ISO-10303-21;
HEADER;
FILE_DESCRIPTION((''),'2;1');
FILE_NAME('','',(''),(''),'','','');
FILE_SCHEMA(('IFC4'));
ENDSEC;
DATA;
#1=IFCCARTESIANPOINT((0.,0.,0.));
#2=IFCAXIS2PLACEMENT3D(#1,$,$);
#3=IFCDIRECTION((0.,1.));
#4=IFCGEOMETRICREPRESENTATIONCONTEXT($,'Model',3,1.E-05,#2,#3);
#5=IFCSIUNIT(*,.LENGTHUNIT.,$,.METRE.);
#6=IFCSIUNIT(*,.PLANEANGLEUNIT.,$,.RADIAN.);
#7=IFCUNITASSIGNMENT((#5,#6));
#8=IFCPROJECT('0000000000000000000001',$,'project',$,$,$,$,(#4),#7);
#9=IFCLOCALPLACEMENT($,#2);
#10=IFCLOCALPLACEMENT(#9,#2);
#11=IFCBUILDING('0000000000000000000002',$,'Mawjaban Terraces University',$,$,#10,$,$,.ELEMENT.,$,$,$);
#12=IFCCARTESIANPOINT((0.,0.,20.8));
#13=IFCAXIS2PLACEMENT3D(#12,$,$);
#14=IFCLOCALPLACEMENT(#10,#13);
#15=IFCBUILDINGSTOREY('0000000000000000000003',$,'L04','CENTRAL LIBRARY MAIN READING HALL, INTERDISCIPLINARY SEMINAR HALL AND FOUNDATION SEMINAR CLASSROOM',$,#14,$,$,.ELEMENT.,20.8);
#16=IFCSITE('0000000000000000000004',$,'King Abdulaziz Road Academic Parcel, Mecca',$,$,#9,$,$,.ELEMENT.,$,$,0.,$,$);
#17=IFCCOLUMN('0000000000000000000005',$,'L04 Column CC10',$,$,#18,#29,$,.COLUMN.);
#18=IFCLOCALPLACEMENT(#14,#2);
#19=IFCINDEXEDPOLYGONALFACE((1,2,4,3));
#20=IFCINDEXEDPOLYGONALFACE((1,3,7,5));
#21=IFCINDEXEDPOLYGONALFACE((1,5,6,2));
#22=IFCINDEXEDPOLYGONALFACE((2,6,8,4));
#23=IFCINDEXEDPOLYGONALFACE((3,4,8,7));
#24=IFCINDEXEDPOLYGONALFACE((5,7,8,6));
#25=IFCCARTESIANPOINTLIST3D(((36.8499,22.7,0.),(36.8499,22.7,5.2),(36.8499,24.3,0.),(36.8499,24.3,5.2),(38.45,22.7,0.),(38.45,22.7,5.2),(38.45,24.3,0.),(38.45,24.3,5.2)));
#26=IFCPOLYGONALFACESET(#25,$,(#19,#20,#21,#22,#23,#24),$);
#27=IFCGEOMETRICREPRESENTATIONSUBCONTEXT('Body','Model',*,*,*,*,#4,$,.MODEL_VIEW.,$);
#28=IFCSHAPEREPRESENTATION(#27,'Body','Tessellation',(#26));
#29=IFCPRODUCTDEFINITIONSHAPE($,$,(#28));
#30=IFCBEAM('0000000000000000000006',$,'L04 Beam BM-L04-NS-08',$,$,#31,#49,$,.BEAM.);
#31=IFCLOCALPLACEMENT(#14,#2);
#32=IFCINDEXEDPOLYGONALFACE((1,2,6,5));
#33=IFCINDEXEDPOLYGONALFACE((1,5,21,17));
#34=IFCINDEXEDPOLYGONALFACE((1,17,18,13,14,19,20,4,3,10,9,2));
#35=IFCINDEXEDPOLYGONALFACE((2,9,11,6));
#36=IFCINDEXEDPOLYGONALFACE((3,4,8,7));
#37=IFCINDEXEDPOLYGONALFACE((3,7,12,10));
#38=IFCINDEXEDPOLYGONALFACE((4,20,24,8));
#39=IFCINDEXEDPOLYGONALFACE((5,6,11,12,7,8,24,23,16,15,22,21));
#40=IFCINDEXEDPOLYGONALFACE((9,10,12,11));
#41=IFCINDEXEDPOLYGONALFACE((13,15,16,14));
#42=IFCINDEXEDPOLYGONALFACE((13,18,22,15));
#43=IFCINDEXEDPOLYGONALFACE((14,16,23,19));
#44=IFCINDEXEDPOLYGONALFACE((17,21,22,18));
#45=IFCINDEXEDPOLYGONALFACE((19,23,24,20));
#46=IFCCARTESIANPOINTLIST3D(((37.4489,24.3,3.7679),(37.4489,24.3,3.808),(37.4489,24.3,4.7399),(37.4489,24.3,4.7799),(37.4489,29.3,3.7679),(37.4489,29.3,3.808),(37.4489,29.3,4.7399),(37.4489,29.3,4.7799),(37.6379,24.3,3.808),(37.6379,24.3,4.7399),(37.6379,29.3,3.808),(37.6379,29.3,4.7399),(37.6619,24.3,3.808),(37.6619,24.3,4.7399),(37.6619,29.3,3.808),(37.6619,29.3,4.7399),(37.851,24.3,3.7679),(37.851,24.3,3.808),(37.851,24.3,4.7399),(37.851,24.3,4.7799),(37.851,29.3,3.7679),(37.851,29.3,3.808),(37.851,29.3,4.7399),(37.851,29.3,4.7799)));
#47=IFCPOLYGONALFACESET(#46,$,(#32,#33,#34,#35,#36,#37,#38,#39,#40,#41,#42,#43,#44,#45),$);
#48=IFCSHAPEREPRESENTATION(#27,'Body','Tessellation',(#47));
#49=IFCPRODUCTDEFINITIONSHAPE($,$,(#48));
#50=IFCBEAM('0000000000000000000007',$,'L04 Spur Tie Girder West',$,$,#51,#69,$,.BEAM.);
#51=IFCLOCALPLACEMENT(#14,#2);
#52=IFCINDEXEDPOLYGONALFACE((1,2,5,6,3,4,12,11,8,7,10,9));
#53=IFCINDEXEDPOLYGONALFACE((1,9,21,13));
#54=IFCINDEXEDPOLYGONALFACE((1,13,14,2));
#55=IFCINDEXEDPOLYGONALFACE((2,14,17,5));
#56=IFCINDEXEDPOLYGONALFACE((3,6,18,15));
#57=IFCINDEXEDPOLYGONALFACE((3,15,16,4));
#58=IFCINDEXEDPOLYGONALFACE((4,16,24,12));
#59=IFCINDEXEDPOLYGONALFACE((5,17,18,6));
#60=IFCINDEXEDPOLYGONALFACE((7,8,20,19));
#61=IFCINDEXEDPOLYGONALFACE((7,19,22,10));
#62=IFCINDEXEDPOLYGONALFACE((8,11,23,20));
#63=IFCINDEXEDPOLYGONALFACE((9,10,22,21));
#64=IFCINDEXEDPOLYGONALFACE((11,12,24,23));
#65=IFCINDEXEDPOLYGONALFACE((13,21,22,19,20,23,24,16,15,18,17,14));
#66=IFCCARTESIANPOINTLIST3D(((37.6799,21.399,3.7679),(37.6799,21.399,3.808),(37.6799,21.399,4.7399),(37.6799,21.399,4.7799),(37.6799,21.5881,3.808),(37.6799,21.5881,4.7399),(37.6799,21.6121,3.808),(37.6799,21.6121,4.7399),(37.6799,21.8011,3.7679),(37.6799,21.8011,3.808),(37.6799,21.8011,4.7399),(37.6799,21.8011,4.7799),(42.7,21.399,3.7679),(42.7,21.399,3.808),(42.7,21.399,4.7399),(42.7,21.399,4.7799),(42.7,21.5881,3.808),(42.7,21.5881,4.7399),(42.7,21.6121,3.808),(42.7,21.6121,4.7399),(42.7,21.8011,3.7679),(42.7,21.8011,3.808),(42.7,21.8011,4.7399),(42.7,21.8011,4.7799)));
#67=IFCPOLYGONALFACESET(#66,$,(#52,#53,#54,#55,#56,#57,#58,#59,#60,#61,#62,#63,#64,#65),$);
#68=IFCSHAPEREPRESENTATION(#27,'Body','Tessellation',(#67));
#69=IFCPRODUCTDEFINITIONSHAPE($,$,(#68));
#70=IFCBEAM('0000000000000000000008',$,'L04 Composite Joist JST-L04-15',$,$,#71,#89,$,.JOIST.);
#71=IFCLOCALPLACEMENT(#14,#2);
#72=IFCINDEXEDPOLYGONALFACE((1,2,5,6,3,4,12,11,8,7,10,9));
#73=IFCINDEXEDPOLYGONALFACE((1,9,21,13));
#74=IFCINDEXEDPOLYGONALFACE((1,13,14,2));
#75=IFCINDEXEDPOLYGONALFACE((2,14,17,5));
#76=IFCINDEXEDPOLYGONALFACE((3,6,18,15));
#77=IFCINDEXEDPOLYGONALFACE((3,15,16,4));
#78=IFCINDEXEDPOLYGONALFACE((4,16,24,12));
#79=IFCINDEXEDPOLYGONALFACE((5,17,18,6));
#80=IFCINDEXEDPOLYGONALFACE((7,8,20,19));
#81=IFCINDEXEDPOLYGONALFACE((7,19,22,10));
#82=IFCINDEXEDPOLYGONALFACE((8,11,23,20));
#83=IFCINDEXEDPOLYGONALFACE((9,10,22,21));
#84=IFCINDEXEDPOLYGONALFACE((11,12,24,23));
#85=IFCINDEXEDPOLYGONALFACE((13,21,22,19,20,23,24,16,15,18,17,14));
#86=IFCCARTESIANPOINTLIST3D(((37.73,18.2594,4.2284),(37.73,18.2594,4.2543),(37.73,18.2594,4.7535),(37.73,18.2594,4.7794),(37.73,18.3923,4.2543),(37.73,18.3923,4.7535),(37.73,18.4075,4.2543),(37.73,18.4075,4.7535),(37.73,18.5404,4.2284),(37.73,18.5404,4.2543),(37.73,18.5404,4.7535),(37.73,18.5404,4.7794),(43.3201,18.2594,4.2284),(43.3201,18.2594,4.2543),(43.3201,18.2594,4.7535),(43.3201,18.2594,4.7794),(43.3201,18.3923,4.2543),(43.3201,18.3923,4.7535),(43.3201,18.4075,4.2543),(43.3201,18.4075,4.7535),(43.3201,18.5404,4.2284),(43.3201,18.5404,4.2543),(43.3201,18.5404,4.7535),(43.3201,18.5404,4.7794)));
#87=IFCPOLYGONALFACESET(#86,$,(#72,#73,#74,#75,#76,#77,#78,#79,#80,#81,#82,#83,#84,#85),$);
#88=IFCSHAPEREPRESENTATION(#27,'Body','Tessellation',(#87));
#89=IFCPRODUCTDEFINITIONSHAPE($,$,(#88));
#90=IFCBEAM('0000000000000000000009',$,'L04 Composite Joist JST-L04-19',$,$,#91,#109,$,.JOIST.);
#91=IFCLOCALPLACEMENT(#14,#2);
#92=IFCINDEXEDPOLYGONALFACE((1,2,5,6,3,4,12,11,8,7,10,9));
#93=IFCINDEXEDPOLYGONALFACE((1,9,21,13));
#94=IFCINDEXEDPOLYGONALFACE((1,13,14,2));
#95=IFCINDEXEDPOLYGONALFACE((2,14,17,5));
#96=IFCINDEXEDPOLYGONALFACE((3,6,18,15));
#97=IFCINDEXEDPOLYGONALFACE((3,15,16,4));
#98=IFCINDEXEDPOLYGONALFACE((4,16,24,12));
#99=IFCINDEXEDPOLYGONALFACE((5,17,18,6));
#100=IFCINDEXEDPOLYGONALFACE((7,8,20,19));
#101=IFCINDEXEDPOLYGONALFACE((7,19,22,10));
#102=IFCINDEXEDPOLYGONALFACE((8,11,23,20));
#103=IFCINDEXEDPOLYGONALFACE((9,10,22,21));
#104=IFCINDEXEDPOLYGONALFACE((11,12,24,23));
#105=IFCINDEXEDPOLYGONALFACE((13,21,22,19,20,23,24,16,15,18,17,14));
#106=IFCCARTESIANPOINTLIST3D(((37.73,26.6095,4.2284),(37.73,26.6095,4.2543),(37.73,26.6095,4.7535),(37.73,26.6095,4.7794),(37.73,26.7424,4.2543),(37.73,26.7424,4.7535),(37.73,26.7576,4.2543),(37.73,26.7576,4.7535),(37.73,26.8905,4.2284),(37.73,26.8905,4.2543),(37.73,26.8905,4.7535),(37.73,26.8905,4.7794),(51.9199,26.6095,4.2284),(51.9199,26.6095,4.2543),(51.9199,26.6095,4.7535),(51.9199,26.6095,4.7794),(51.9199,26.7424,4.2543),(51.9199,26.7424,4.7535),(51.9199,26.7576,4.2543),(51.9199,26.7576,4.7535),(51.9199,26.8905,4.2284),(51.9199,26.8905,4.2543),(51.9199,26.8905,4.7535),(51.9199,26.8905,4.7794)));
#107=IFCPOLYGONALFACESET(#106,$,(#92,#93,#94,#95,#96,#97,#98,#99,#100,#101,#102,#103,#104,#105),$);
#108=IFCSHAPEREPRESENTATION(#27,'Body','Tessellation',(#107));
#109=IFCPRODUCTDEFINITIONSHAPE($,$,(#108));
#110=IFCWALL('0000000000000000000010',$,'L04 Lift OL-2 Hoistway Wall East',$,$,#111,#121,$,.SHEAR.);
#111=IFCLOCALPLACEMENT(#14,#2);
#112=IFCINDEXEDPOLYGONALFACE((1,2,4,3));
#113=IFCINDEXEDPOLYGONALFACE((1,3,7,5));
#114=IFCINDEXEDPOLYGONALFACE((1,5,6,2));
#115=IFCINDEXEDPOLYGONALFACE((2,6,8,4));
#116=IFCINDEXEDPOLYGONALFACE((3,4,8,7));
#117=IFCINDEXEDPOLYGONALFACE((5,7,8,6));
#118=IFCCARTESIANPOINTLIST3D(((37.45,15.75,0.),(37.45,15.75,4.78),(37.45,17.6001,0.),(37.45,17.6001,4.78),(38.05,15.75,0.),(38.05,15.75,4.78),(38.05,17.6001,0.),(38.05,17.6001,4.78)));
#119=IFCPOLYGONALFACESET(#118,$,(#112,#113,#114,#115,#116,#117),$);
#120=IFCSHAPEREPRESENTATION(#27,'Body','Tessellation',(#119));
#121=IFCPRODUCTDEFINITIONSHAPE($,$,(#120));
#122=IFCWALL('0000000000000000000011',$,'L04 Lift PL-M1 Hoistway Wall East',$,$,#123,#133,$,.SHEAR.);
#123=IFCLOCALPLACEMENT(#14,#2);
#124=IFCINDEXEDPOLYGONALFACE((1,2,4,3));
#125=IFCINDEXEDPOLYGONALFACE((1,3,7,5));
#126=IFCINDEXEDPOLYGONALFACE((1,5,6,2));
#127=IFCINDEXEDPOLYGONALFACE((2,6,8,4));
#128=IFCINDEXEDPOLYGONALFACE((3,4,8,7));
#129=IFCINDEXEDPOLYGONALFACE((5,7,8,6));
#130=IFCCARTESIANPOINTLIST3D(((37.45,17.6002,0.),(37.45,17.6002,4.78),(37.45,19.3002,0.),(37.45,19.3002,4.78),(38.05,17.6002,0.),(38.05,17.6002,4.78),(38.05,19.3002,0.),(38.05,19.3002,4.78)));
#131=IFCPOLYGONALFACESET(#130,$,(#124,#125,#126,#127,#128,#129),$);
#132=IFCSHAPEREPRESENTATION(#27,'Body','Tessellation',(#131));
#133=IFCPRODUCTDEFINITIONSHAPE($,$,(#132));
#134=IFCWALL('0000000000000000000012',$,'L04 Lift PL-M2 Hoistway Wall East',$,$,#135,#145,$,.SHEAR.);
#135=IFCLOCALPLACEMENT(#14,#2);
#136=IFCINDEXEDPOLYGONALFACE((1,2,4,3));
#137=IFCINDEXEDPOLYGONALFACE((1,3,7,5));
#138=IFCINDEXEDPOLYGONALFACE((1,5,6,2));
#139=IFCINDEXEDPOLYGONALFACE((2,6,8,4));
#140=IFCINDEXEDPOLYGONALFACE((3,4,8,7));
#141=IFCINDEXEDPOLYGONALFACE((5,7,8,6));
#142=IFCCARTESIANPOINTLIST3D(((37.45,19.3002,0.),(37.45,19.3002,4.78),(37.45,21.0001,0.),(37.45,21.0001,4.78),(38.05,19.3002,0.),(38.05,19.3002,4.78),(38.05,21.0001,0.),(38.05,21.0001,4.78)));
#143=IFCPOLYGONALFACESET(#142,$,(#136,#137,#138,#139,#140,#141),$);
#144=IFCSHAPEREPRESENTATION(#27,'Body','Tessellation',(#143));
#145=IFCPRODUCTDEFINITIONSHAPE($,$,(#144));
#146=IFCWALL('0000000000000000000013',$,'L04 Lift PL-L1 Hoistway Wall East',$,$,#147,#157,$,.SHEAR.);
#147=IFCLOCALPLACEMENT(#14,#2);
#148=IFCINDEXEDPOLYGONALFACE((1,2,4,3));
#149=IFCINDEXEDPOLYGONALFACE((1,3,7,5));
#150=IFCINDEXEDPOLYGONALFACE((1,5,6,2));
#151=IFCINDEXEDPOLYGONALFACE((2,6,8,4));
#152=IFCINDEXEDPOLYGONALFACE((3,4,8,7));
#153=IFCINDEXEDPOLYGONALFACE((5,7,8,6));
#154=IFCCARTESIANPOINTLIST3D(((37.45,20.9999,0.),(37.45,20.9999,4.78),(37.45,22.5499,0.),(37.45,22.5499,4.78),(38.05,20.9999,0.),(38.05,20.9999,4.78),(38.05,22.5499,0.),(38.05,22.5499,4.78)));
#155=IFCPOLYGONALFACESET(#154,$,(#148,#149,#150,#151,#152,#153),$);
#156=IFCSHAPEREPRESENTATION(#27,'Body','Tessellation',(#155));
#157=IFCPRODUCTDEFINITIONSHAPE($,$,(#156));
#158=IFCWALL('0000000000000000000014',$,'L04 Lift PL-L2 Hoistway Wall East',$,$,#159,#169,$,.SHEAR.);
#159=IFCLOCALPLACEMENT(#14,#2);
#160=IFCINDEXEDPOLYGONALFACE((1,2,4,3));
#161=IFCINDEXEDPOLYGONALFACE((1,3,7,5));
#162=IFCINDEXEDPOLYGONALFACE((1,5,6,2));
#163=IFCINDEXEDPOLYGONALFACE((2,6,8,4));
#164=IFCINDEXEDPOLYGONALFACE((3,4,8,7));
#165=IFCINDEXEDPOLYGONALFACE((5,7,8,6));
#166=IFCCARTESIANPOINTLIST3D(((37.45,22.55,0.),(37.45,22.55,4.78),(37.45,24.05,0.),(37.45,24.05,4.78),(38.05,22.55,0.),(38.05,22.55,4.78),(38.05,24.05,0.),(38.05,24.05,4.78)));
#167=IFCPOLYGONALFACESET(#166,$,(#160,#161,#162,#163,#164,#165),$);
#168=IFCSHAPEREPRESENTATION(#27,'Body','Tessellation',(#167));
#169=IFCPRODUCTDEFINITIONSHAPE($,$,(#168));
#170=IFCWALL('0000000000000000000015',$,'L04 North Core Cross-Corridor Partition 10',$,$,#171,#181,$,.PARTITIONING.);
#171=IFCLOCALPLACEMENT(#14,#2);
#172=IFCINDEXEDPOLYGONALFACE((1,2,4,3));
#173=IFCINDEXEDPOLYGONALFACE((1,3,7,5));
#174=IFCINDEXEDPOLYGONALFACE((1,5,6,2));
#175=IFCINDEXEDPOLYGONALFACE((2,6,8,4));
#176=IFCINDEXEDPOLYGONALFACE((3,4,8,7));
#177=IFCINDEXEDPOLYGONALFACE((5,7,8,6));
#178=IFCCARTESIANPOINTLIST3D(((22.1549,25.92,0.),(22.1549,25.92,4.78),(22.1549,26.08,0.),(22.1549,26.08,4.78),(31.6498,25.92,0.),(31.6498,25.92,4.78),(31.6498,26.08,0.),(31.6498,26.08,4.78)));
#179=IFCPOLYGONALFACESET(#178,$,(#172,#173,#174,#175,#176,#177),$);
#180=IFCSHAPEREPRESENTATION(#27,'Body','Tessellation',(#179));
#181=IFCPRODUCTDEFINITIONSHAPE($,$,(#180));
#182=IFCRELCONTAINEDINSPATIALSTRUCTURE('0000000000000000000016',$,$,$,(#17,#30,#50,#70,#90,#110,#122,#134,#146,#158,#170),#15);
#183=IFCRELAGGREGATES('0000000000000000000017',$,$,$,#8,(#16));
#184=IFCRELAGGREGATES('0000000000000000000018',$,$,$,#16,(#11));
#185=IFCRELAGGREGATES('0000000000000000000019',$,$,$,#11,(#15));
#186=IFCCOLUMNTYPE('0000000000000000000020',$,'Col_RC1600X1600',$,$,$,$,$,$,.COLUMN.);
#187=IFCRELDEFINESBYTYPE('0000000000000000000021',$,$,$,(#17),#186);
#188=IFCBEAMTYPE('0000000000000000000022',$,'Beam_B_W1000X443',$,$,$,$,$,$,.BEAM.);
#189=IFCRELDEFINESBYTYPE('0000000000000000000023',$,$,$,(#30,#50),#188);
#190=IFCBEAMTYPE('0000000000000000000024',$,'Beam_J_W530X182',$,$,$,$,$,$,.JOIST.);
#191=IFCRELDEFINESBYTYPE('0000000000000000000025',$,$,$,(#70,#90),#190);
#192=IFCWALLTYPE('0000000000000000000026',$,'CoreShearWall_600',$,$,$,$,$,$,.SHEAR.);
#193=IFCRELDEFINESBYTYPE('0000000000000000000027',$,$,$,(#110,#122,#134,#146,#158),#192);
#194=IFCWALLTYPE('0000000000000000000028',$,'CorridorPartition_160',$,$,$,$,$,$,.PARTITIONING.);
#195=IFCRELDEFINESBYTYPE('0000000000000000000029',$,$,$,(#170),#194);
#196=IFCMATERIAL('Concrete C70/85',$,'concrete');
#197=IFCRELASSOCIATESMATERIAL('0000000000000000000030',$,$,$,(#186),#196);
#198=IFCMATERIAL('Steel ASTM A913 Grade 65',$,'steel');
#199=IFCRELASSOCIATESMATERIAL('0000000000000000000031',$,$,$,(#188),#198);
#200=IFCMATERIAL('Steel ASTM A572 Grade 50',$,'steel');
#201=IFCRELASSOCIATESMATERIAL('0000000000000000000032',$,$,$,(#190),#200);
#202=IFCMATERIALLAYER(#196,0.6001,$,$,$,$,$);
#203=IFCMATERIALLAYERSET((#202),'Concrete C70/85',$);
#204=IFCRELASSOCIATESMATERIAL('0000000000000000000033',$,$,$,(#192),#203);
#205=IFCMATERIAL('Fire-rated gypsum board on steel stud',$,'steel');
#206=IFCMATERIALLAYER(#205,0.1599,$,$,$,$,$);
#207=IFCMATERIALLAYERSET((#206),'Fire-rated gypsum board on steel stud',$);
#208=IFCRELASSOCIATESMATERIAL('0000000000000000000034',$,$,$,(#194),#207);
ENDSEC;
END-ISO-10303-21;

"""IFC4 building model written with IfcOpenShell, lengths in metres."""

from ifc_helpers import new_model, si_unit, direction, frame, frame_2d, origin, origin_2d, place, context, subcontext, project, spatial, rectangle, i_section, extrude, material, layer, layer_set, material_profile, profile_set, type_object, element, save


model = new_model("IFC4")

# Units and contexts
model_context = context("Model", 3, precision=1e-05, world=origin(), true_north=direction((0.0, 1.0)))
body_context = subcontext(model_context, "Body", "Model", "MODEL_VIEW")
ifc_project = project(units=[si_unit("LENGTHUNIT", "METRE"), si_unit("PLANEANGLEUNIT", "RADIAN")], contexts=[model_context])

# Site, building, storey
site_placement = place(None, origin())
site = spatial("IfcSite", under=ifc_project, at=site_placement, Name="King Abdulaziz Road Academic Parcel, Mecca", CompositionType="ELEMENT", RefElevation=0.0)
building_placement = place(site_placement, origin())
building = spatial("IfcBuilding", under=site, at=building_placement, Name="Mawjaban Terraces University", CompositionType="ELEMENT")
storey_placement = place(building_placement, frame((0.0, 0.0, 20.8)))
storey = spatial("IfcBuildingStorey", under=building, at=storey_placement, Name="L04", Description="CENTRAL LIBRARY MAIN READING HALL, INTERDISCIPLINARY SEMINAR HALL AND FOUNDATION SEMINAR CLASSROOM", CompositionType="ELEMENT", Elevation=20.8)

# Column
ifc_material_1 = material(Name="Concrete C70/85", Category="concrete")
ifc_material_profile_1 = material_profile(ifc_material_1, rectangle(XDim=1.6001, YDim=1.6001, at=origin_2d()), Name="RC1600X1600")
ifc_profile_set_1 = profile_set([ifc_material_profile_1], Name="Concrete C70/85")
column_type = type_object("IfcColumnType", Name="Col_RC1600X1600", PredefinedType="COLUMN", material=ifc_profile_set_1)
column_placement = place(storey_placement, frame((37.6499, 23.5, 0.0), z_axis=(0.0, 0.0, 1.0), x_axis=(1.0, 0.0, 0.0)))
element("IfcColumn", 1, at=column_placement, inside=storey, type_object=column_type, Name="L04 Column CC10", PredefinedType="COLUMN", context=body_context, shape_type="SweptSolid", body=[
    extrude(rectangle(XDim=1.6001, YDim=1.6001, at=origin_2d()), origin(), (0.0, 0.0, 1.0), 5.2),
])

# Beams
ifc_material_2 = material(Name="Steel ASTM A913 Grade 65", Category="steel")
ifc_material_profile_2 = material_profile(ifc_material_2, i_section(OverallWidth=0.4021, OverallDepth=1.012, WebThickness=0.0239, FlangeThickness=0.04, at=origin_2d()), Name="W1000X443")
ifc_profile_set_2 = profile_set([ifc_material_profile_2], Name="Steel ASTM A913 Grade 65")
beam_type_1 = type_object("IfcBeamType", Name="Beam_B_W1000X443", PredefinedType="BEAM", material=ifc_profile_set_2)
beam_1_placement = place(storey_placement, frame((37.6499, 24.3, 4.2739), z_axis=(0.0, 1.0, 0.0), x_axis=(-1.0, 0.0, 0.0)))
element("IfcBeam", 2, at=beam_1_placement, inside=storey, type_object=beam_type_1, Name="L04 Beam BM-L04-NS-08", PredefinedType="BEAM", context=body_context, shape_type="SweptSolid", body=[
    extrude(i_section(OverallWidth=0.4021, OverallDepth=1.012, WebThickness=0.0239, FlangeThickness=0.04, at=origin_2d()), origin(), (0.0, 0.0, 1.0), 5.0),
])
beam_2_placement = place(storey_placement, frame((37.6799, 21.6001, 4.2739), z_axis=(1.0, 0.0, 0.0), x_axis=(0.0, 1.0, 0.0)))
element("IfcBeam", 3, at=beam_2_placement, inside=storey, type_object=beam_type_1, Name="L04 Spur Tie Girder West", PredefinedType="BEAM", context=body_context, shape_type="SweptSolid", body=[
    extrude(i_section(OverallWidth=0.4021, OverallDepth=1.012, WebThickness=0.0239, FlangeThickness=0.04, at=origin_2d()), origin(), (0.0, 0.0, 1.0), 5.02),
])
ifc_material_3 = material(Name="Steel ASTM A572 Grade 50", Category="steel")
ifc_material_profile_3 = material_profile(ifc_material_3, i_section(OverallWidth=0.281, OverallDepth=0.551, WebThickness=0.0151, FlangeThickness=0.0259, at=origin_2d()), Name="W530X182")
ifc_profile_set_3 = profile_set([ifc_material_profile_3], Name="Steel ASTM A572 Grade 50")
beam_type_2 = type_object("IfcBeamType", Name="Beam_J_W530X182", PredefinedType="JOIST", material=ifc_profile_set_3)
beam_3_placement = place(storey_placement, frame((37.73, 18.3999, 4.5039), z_axis=(1.0, 0.0, 0.0), x_axis=(0.0, 1.0, 0.0)))
element("IfcBeam", 4, at=beam_3_placement, inside=storey, type_object=beam_type_2, Name="L04 Composite Joist JST-L04-15", PredefinedType="JOIST", context=body_context, shape_type="SweptSolid", body=[
    extrude(i_section(OverallWidth=0.281, OverallDepth=0.551, WebThickness=0.0151, FlangeThickness=0.0259, at=origin_2d()), origin(), (0.0, 0.0, 1.0), 5.5901),
])
beam_4_placement = place(storey_placement, frame((37.73, 26.75, 4.5039), z_axis=(1.0, 0.0, 0.0), x_axis=(0.0, 1.0, 0.0)))
element("IfcBeam", 5, at=beam_4_placement, inside=storey, type_object=beam_type_2, Name="L04 Composite Joist JST-L04-19", PredefinedType="JOIST", context=body_context, shape_type="SweptSolid", body=[
    extrude(i_section(OverallWidth=0.281, OverallDepth=0.551, WebThickness=0.0151, FlangeThickness=0.0259, at=origin_2d()), origin(), (0.0, 0.0, 1.0), 14.1899),
])

# Walls
ifc_layer_1 = layer(ifc_material_1, 0.6001)
ifc_layer_set_1 = layer_set([ifc_layer_1], Name="Concrete C70/85")
wall_type_1 = type_object("IfcWallType", Name="CoreShearWall_600", PredefinedType="SHEAR", material=ifc_layer_set_1)
wall_1_placement = place(storey_placement, frame((37.75, 15.75, 0.0), z_axis=(0.0, 0.0, 1.0), x_axis=(0.0, 1.0, 0.0)))
element("IfcWall", 6, at=wall_1_placement, inside=storey, type_object=wall_type_1, Name="L04 Lift OL-2 Hoistway Wall East", PredefinedType="SHEAR", context=body_context, shape_type="SweptSolid", body=[
    extrude(rectangle(XDim=1.8501, YDim=0.6001, at=frame_2d((0.925, 0.0))), origin(), (0.0, 0.0, 1.0), 4.78),
])
for number, where, z_axis, x_axis, name in (
    (7, (37.75, 17.6001, 0.0), (0.0, 0.0, 1.0), (0.0, 1.0, 0.0), "L04 Lift PL-M1 Hoistway Wall East"),
    (8, (37.75, 19.3, 0.0), (0.0, 0.0, 1.0), (0.0, 1.0, 0.0), "L04 Lift PL-M2 Hoistway Wall East"),
):
    element("IfcWall", number, at=place(storey_placement, frame(where, z_axis=z_axis, x_axis=x_axis)), inside=storey, type_object=wall_type_1, Name=name, PredefinedType="SHEAR", context=body_context, shape_type="SweptSolid", body=[
        extrude(rectangle(XDim=1.7, YDim=0.6001, at=frame_2d((0.8501, 0.0))), origin(), (0.0, 0.0, 1.0), 4.78),
    ])
wall_2_placement = place(storey_placement, frame((37.75, 21.0, 0.0), z_axis=(0.0, 0.0, 1.0), x_axis=(0.0, 1.0, 0.0)))
element("IfcWall", 9, at=wall_2_placement, inside=storey, type_object=wall_type_1, Name="L04 Lift PL-L1 Hoistway Wall East", PredefinedType="SHEAR", context=body_context, shape_type="SweptSolid", body=[
    extrude(rectangle(XDim=1.55, YDim=0.6001, at=frame_2d((0.7749, 0.0))), origin(), (0.0, 0.0, 1.0), 4.78),
])
wall_3_placement = place(storey_placement, frame((37.75, 22.55, 0.0), z_axis=(0.0, 0.0, 1.0), x_axis=(0.0, 1.0, 0.0)))
element("IfcWall", 10, at=wall_3_placement, inside=storey, type_object=wall_type_1, Name="L04 Lift PL-L2 Hoistway Wall East", PredefinedType="SHEAR", context=body_context, shape_type="SweptSolid", body=[
    extrude(rectangle(XDim=1.5, YDim=0.6001, at=frame_2d((0.75, 0.0))), origin(), (0.0, 0.0, 1.0), 4.78),
])
ifc_material_4 = material(Name="Fire-rated gypsum board on steel stud", Category="steel")
ifc_layer_2 = layer(ifc_material_4, 0.1599)
ifc_layer_set_2 = layer_set([ifc_layer_2], Name="Fire-rated gypsum board on steel stud")
wall_type_2 = type_object("IfcWallType", Name="CorridorPartition_160", PredefinedType="PARTITIONING", material=ifc_layer_set_2)
wall_4_placement = place(storey_placement, frame((31.6499, 26.0, 0.0), z_axis=(0.0, 0.0, 1.0), x_axis=(-1.0, 0.0, 0.0)))
element("IfcWall", 11, at=wall_4_placement, inside=storey, type_object=wall_type_2, Name="L04 North Core Cross-Corridor Partition 10", PredefinedType="PARTITIONING", context=body_context, shape_type="SweptSolid", body=[
    extrude(rectangle(XDim=9.4949, YDim=0.1599, at=frame_2d((4.7476, 0.0))), origin(), (0.0, 0.0, 1.0), 4.78),
])

save(model, "model.ifc")
